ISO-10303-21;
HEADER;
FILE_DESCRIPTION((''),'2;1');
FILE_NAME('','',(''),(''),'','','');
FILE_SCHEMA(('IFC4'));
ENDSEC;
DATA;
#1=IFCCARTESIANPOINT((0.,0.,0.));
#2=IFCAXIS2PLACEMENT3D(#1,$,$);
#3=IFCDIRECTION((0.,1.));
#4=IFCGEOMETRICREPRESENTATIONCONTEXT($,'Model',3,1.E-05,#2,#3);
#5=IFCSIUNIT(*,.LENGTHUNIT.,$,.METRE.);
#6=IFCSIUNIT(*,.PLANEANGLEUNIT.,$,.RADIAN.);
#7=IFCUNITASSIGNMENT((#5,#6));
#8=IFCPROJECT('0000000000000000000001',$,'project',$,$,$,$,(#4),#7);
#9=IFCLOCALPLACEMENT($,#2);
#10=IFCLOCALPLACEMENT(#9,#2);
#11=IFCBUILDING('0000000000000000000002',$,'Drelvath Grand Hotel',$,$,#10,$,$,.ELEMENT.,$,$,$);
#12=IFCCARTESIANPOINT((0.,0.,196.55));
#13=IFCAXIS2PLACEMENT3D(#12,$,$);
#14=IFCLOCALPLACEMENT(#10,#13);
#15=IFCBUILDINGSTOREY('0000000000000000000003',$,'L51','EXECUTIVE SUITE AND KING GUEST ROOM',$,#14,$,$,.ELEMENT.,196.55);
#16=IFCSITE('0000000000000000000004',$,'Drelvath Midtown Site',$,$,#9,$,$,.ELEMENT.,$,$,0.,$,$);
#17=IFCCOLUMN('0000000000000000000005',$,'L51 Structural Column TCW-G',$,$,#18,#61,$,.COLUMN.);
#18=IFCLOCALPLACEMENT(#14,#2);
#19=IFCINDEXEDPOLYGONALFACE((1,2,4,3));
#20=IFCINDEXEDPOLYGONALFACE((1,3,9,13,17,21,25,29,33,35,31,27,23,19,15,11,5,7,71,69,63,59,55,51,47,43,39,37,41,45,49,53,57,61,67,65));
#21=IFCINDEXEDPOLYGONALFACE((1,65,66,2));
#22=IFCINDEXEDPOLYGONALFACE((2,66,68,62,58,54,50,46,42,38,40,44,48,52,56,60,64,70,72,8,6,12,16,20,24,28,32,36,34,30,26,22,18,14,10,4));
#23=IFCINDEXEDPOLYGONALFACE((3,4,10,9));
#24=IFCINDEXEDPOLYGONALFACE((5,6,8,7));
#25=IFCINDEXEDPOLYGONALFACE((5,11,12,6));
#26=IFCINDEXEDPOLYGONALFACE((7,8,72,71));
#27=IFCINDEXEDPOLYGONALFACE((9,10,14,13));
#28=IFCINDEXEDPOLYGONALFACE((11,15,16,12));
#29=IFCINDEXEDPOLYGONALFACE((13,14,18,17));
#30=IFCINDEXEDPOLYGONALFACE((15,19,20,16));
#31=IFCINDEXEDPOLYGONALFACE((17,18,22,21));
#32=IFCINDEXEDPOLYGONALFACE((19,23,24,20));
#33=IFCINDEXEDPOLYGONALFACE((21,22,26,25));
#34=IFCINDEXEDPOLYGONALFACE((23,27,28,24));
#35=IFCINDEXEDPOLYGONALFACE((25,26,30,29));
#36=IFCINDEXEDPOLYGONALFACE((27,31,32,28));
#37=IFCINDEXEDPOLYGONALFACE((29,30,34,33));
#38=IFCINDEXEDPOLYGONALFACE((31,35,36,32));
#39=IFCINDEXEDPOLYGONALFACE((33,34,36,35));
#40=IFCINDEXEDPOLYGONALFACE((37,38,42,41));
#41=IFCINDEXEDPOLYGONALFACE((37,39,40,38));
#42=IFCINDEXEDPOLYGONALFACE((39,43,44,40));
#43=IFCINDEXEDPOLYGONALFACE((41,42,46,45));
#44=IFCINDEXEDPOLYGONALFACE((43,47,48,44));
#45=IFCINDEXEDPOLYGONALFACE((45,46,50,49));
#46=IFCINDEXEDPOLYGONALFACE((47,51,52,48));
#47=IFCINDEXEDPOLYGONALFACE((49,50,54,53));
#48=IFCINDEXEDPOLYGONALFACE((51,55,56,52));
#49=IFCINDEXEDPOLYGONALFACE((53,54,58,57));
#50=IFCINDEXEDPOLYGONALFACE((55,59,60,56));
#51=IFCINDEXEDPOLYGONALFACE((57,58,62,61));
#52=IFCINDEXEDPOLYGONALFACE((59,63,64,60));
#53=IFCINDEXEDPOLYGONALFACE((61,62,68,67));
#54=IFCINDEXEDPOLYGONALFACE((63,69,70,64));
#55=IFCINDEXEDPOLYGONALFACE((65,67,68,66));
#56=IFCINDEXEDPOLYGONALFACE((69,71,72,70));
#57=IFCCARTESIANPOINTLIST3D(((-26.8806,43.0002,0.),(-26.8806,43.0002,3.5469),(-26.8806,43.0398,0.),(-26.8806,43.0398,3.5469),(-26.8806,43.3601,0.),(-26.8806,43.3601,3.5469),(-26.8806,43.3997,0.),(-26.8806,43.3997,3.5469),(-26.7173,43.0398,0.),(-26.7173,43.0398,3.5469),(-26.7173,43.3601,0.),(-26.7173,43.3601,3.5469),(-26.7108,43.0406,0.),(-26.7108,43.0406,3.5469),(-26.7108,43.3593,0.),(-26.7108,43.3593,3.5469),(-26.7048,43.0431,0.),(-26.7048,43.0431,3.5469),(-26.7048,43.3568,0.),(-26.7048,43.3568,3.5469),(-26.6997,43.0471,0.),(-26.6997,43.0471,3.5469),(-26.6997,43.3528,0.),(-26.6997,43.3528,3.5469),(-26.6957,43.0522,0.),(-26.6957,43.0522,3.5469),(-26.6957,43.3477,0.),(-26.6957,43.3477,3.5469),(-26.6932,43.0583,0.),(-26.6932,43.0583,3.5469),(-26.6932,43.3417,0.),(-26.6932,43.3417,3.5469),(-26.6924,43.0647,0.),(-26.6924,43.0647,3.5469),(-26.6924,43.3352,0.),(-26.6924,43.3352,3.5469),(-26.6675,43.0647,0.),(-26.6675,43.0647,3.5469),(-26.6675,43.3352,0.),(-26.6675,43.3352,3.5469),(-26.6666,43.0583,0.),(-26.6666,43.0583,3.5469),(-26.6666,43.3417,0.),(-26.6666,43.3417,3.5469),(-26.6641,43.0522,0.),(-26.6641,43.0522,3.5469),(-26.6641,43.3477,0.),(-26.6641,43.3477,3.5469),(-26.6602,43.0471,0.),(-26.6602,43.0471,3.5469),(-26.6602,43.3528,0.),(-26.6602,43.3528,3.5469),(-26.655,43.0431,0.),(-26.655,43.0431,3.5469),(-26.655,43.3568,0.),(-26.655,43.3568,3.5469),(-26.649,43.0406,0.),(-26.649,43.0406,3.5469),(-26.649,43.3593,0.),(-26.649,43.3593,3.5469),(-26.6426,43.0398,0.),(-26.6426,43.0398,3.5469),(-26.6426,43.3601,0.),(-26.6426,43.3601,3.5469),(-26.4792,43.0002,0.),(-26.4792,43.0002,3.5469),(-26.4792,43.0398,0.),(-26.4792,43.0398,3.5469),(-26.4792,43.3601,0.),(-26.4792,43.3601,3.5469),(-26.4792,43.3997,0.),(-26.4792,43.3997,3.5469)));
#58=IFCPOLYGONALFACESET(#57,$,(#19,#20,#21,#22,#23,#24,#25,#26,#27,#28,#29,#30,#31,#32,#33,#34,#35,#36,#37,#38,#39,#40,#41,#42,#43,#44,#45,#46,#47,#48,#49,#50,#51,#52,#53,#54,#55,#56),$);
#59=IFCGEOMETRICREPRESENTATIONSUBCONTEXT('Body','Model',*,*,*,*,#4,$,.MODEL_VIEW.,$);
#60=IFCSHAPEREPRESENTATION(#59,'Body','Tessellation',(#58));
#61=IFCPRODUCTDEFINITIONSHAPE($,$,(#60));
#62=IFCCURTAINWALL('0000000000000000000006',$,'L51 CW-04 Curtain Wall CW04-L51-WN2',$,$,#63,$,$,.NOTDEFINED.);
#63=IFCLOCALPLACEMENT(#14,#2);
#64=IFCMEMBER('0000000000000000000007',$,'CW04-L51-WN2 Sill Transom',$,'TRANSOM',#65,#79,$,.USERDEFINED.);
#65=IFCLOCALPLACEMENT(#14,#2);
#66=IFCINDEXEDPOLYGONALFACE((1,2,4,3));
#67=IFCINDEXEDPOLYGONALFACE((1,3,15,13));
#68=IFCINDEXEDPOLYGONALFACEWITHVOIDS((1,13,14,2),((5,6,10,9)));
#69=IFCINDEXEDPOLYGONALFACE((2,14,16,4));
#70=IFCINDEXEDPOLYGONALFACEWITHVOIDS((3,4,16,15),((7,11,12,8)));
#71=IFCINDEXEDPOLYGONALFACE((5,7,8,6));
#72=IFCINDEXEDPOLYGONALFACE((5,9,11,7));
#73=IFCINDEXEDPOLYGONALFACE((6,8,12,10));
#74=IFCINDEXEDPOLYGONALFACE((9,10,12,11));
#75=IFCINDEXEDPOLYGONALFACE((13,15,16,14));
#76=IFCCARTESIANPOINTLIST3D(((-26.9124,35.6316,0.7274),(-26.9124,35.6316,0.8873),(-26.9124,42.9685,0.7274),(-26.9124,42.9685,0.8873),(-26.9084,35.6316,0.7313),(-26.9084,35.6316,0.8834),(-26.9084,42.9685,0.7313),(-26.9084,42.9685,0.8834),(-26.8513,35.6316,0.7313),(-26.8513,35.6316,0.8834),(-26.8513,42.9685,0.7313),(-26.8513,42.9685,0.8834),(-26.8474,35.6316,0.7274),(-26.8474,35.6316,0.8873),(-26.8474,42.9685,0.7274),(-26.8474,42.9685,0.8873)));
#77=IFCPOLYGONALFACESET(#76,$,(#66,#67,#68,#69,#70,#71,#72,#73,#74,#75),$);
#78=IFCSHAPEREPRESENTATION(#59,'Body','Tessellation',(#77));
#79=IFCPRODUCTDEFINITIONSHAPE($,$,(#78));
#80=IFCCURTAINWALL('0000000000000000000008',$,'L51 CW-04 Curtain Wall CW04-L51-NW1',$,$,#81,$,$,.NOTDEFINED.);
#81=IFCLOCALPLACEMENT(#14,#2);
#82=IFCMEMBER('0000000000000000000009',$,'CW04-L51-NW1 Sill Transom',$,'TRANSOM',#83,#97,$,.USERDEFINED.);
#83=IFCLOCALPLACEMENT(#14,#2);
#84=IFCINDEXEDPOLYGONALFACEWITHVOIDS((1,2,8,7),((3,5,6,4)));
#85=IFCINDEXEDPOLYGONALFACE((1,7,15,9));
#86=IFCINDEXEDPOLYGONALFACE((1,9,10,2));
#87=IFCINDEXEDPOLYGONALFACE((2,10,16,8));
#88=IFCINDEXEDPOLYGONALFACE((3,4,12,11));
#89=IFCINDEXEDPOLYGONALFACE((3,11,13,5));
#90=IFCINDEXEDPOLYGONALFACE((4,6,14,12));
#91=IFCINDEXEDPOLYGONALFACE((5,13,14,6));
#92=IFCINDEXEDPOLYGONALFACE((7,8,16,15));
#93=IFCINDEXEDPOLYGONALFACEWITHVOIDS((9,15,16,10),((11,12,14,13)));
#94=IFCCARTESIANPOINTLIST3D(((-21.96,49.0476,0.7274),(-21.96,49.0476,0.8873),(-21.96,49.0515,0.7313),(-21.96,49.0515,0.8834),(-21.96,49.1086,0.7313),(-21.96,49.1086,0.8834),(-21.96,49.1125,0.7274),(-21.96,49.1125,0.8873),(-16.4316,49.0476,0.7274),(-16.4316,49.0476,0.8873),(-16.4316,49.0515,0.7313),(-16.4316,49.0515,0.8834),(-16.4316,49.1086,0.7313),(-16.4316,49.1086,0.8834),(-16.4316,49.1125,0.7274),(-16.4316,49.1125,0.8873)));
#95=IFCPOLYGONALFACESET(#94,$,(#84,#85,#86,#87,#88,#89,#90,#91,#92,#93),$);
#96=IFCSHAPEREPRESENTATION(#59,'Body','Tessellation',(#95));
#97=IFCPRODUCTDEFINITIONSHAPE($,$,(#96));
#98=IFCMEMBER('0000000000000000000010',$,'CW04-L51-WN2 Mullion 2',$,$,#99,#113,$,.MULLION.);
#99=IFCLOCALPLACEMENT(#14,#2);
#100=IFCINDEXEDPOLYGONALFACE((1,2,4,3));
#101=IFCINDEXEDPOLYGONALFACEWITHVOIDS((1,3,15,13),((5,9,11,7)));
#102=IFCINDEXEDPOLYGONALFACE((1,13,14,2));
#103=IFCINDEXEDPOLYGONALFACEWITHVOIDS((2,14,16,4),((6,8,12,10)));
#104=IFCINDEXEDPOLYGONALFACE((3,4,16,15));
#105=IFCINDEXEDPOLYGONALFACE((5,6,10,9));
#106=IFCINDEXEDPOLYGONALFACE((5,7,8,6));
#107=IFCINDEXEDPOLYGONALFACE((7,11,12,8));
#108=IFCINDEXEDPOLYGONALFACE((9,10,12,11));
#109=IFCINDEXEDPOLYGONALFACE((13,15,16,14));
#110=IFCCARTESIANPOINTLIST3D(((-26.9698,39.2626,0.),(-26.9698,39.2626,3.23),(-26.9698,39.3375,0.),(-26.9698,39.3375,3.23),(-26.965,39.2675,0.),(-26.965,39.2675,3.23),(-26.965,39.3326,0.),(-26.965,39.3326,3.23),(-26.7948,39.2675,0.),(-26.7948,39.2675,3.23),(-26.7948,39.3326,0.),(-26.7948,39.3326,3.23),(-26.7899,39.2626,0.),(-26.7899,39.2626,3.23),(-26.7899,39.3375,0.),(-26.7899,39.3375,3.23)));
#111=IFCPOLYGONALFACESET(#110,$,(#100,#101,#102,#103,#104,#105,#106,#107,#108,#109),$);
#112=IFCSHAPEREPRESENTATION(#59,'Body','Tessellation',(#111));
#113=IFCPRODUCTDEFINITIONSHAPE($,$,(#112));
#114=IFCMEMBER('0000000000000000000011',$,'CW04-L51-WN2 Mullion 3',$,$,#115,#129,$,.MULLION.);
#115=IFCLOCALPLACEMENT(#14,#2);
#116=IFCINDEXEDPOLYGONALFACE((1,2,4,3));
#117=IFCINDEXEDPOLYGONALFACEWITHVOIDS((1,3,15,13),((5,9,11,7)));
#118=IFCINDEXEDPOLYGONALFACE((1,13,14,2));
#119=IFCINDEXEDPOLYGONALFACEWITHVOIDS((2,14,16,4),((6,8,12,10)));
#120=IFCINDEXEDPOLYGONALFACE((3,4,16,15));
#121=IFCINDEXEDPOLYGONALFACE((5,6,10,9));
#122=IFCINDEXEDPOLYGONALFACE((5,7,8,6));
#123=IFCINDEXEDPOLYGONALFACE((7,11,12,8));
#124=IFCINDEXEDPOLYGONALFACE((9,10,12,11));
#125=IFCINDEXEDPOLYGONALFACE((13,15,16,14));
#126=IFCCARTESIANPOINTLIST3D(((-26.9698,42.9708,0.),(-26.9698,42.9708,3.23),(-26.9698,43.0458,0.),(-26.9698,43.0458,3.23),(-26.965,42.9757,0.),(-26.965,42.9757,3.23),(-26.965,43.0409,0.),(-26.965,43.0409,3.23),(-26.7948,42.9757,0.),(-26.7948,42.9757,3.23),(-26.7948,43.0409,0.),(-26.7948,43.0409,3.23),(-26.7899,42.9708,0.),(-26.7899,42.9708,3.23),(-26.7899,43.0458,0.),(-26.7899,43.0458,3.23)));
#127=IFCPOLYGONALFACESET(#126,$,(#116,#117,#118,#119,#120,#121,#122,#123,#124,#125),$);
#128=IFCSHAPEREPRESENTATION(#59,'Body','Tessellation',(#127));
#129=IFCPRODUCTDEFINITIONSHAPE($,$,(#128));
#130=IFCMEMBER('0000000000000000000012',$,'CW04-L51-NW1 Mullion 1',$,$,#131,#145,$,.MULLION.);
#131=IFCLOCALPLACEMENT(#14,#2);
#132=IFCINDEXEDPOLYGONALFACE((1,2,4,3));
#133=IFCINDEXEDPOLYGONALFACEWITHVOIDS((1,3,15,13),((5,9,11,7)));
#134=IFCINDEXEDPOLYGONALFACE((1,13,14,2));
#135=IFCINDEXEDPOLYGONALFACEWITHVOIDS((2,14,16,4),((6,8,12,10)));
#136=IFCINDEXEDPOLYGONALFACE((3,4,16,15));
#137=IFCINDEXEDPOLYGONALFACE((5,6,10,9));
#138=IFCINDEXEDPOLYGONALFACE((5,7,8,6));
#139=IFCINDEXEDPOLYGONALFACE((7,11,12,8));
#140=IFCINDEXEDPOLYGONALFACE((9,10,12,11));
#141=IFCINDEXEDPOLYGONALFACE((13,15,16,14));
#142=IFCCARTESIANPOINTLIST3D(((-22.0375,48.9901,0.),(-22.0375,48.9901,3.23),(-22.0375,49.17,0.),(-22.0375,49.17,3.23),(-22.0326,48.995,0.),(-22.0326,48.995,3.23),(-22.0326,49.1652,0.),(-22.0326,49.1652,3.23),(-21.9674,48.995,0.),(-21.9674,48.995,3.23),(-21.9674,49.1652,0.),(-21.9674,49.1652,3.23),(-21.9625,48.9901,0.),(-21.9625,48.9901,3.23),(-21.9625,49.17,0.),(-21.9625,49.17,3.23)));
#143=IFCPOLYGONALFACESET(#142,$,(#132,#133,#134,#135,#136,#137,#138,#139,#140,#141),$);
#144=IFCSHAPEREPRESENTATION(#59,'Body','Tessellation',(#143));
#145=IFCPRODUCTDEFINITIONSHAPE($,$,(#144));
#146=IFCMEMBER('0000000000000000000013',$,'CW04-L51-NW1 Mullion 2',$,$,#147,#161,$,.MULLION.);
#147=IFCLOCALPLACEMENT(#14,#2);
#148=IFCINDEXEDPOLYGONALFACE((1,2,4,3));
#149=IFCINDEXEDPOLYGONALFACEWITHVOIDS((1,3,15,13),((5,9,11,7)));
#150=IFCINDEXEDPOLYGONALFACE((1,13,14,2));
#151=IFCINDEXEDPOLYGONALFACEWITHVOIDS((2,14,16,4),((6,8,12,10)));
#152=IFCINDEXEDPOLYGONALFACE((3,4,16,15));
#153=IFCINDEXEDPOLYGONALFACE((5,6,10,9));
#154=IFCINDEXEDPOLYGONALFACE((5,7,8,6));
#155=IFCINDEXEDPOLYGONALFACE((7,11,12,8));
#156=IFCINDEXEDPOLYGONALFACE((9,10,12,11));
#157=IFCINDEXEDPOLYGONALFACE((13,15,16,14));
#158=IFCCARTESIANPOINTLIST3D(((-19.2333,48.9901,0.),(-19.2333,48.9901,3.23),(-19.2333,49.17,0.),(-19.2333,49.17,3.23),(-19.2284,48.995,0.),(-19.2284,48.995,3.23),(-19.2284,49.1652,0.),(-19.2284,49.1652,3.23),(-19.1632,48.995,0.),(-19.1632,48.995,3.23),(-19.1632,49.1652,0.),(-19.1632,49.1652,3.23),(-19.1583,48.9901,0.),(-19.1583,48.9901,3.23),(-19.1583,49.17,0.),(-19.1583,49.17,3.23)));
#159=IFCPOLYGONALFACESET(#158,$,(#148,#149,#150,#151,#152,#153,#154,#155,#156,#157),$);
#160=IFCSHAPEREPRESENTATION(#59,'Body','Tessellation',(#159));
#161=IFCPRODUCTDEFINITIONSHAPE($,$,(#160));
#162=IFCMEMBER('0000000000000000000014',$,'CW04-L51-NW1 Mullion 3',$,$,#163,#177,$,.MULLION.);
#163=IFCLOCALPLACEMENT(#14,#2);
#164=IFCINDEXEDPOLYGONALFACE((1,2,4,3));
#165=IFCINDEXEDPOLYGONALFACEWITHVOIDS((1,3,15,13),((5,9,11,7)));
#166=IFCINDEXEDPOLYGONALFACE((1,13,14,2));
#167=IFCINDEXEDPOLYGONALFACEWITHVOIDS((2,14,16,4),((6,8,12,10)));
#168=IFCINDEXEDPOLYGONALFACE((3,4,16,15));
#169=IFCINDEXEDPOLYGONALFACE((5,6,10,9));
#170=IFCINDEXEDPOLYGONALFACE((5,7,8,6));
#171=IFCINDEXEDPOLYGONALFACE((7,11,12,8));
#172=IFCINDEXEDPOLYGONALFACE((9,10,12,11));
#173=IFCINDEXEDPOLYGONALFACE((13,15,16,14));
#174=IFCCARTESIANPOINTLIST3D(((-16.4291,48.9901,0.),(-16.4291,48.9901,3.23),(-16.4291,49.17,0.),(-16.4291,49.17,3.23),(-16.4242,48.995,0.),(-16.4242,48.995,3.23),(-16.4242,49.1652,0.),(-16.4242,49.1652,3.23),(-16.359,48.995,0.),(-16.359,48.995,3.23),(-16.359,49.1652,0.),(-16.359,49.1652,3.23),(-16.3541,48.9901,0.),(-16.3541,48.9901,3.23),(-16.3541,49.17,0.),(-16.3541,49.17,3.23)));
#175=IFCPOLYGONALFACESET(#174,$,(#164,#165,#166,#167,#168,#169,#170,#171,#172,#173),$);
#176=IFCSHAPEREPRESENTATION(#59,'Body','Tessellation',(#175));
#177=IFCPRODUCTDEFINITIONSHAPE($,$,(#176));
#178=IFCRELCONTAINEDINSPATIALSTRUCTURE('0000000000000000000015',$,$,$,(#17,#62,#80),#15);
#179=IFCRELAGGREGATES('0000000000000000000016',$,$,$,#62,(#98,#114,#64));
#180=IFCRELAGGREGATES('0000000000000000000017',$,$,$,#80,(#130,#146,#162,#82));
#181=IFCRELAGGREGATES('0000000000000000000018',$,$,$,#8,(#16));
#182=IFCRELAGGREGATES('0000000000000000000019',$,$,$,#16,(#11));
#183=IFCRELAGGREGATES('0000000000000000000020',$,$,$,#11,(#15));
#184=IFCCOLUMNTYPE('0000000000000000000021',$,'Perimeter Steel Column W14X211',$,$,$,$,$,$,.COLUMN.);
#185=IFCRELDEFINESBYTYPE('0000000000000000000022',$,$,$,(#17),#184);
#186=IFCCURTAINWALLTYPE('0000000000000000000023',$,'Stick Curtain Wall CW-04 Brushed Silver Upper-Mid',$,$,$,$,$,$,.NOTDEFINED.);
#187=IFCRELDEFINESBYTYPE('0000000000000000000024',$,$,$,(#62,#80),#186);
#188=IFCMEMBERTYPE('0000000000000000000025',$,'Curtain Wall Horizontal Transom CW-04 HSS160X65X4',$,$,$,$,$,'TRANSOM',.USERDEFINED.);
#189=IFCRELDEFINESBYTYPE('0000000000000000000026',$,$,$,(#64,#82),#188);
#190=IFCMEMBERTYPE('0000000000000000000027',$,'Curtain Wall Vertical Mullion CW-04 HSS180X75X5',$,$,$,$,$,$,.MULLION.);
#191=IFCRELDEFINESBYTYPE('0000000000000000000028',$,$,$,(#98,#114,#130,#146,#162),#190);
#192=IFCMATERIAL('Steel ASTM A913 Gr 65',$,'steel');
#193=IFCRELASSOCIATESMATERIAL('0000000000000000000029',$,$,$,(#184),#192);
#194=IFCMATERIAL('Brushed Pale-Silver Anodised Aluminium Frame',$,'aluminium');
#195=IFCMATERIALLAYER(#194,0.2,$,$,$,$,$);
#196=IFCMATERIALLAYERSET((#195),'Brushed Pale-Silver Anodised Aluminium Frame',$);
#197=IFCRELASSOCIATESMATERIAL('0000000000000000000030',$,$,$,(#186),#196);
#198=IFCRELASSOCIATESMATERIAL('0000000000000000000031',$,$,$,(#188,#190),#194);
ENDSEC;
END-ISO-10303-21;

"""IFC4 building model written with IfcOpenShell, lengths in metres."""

from ifc_helpers import new_model, si_unit, direction, frame, origin, origin_2d, place, context, subcontext, project, spatial, hollow_rectangle, i_section, extrude, material, layer, layer_set, material_profile, profile_set, type_object, element, aggregate, save


model = new_model("IFC4")

# Units and contexts
model_context = context("Model", 3, precision=1e-05, world=origin(), true_north=direction((0.0, 1.0)))
body_context = subcontext(model_context, "Body", "Model", "MODEL_VIEW")
ifc_project = project(units=[si_unit("LENGTHUNIT", "METRE"), si_unit("PLANEANGLEUNIT", "RADIAN")], contexts=[model_context])

# Site, building, storey
site_placement = place(None, origin())
site = spatial("IfcSite", under=ifc_project, at=site_placement, Name="Drelvath Midtown Site", CompositionType="ELEMENT", RefElevation=0.0)
building_placement = place(site_placement, origin())
building = spatial("IfcBuilding", under=site, at=building_placement, Name="Drelvath Grand Hotel", CompositionType="ELEMENT")
storey_placement = place(building_placement, frame((0.0, 0.0, 196.55)))
storey = spatial("IfcBuildingStorey", under=building, at=storey_placement, Name="L51", Description="EXECUTIVE SUITE AND KING GUEST ROOM", CompositionType="ELEMENT", Elevation=196.55)

# Column
ifc_material_1 = material(Name="Steel ASTM A913 Gr 65", Category="steel")
ifc_material_profile_1 = material_profile(ifc_material_1, i_section(OverallWidth=0.4014, OverallDepth=0.3994, WebThickness=0.0249, FlangeThickness=0.0396, FilletRadius=0.0249, at=origin_2d()), Name="W14X211")
ifc_profile_set_1 = profile_set([ifc_material_profile_1], Name="Steel ASTM A913 Gr 65")
column_type = type_object("IfcColumnType", Name="Perimeter Steel Column W14X211", PredefinedType="COLUMN", material=ifc_profile_set_1)
column_placement = place(storey_placement, frame((-26.6799, 43.2, 0.0), z_axis=(0.0, 0.0, 1.0), x_axis=(1.0, 0.0, 0.0)))
element("IfcColumn", 1, at=column_placement, inside=storey, type_object=column_type, Name="L51 Structural Column TCW-G", PredefinedType="COLUMN", context=body_context, shape_type="SweptSolid", body=[
    extrude(i_section(OverallWidth=0.4014, OverallDepth=0.3994, WebThickness=0.0249, FlangeThickness=0.0396, FilletRadius=0.0249, at=origin_2d()), origin(), (0.0, 0.0, 1.0), 3.5469),
])

# Curtain walls, members
ifc_material_2 = material(Name="Brushed Pale-Silver Anodised Aluminium Frame", Category="aluminium")
ifc_layer_1 = layer(ifc_material_2, 0.2)
ifc_layer_set_1 = layer_set([ifc_layer_1], Name="Brushed Pale-Silver Anodised Aluminium Frame")
curtain_wall_type = type_object("IfcCurtainWallType", Name="Stick Curtain Wall CW-04 Brushed Silver Upper-Mid", PredefinedType="NOTDEFINED", material=ifc_layer_set_1)
curtain_wall_1_placement = place(storey_placement, origin())
curtain_wall_1 = element("IfcCurtainWall", 2, at=curtain_wall_1_placement, inside=storey, type_object=curtain_wall_type, Name="L51 CW-04 Curtain Wall CW04-L51-WN2", PredefinedType="NOTDEFINED")
ifc_material_profile_2 = material_profile(ifc_material_2, hollow_rectangle(XDim=0.0649, YDim=0.1599, WallThickness=0.0039, at=origin_2d()), Name="HSS160X65X4")
ifc_profile_set_2 = profile_set([ifc_material_profile_2], Name="Brushed Pale-Silver Anodised Aluminium Frame")
member_type_1 = type_object("IfcMemberType", Name="Curtain Wall Horizontal Transom CW-04 HSS160X65X4", ElementType="TRANSOM", PredefinedType="USERDEFINED", material=ifc_profile_set_2)
member_1_placement = place(storey_placement, frame((-26.8799, 35.6316, 0.8074), z_axis=(0.0, 1.0, 0.0), x_axis=(-1.0, 0.0, 0.0)))
member_1 = element("IfcMember", 3, at=member_1_placement, type_object=member_type_1, Name="CW04-L51-WN2 Sill Transom", ObjectType="TRANSOM", PredefinedType="USERDEFINED", context=body_context, shape_type="SweptSolid", body=[
    extrude(hollow_rectangle(XDim=0.0649, YDim=0.1599, WallThickness=0.0039, at=origin_2d()), origin(), (0.0, 0.0, 1.0), 7.3369),
])
curtain_wall_2_placement = place(storey_placement, origin())
curtain_wall_2 = element("IfcCurtainWall", 4, at=curtain_wall_2_placement, inside=storey, type_object=curtain_wall_type, Name="L51 CW-04 Curtain Wall CW04-L51-NW1", PredefinedType="NOTDEFINED")
member_2_placement = place(storey_placement, frame((-21.96, 49.0801, 0.8074), z_axis=(1.0, 0.0, 0.0), x_axis=(0.0, 1.0, 0.0)))
member_2 = element("IfcMember", 5, at=member_2_placement, type_object=member_type_1, Name="CW04-L51-NW1 Sill Transom", ObjectType="TRANSOM", PredefinedType="USERDEFINED", context=body_context, shape_type="SweptSolid", body=[
    extrude(hollow_rectangle(XDim=0.0649, YDim=0.1599, WallThickness=0.0039, at=origin_2d()), origin(), (0.0, 0.0, 1.0), 5.5283),
])

# Members
ifc_material_profile_3 = material_profile(ifc_material_2, hollow_rectangle(XDim=0.075, YDim=0.1799, WallThickness=0.0049, at=origin_2d()), Name="HSS180X75X5")
ifc_profile_set_3 = profile_set([ifc_material_profile_3], Name="Brushed Pale-Silver Anodised Aluminium Frame")
member_type_2 = type_object("IfcMemberType", Name="Curtain Wall Vertical Mullion CW-04 HSS180X75X5", PredefinedType="MULLION", material=ifc_profile_set_3)
member_3_placement = place(storey_placement, frame((-26.8799, 39.3, 0.0), z_axis=(0.0, 0.0, 1.0), x_axis=(0.0, 1.0, 0.0)))
member_3 = element("IfcMember", 6, at=member_3_placement, type_object=member_type_2, Name="CW04-L51-WN2 Mullion 2", PredefinedType="MULLION", context=body_context, shape_type="SweptSolid", body=[
    extrude(hollow_rectangle(XDim=0.075, YDim=0.1799, WallThickness=0.0049, at=origin_2d()), origin(), (0.0, 0.0, 1.0), 3.23),
])
member_4_placement = place(storey_placement, frame((-26.8799, 43.0083, 0.0), z_axis=(0.0, 0.0, 1.0), x_axis=(0.0, 1.0, 0.0)))
member_4 = element("IfcMember", 7, at=member_4_placement, type_object=member_type_2, Name="CW04-L51-WN2 Mullion 3", PredefinedType="MULLION", context=body_context, shape_type="SweptSolid", body=[
    extrude(hollow_rectangle(XDim=0.075, YDim=0.1799, WallThickness=0.0049, at=origin_2d()), origin(), (0.0, 0.0, 1.0), 3.23),
])
member_5_placement = place(storey_placement, frame((-22.0, 49.0801, 0.0), z_axis=(0.0, 0.0, 1.0), x_axis=(1.0, 0.0, 0.0)))
member_5 = element("IfcMember", 8, at=member_5_placement, type_object=member_type_2, Name="CW04-L51-NW1 Mullion 1", PredefinedType="MULLION", context=body_context, shape_type="SweptSolid", body=[
    extrude(hollow_rectangle(XDim=0.075, YDim=0.1799, WallThickness=0.0049, at=origin_2d()), origin(), (0.0, 0.0, 1.0), 3.23),
])
member_6_placement = place(storey_placement, frame((-19.1958, 49.0801, 0.0), z_axis=(0.0, 0.0, 1.0), x_axis=(1.0, 0.0, 0.0)))
member_6 = element("IfcMember", 9, at=member_6_placement, type_object=member_type_2, Name="CW04-L51-NW1 Mullion 2", PredefinedType="MULLION", context=body_context, shape_type="SweptSolid", body=[
    extrude(hollow_rectangle(XDim=0.075, YDim=0.1799, WallThickness=0.0049, at=origin_2d()), origin(), (0.0, 0.0, 1.0), 3.23),
])
member_7_placement = place(storey_placement, frame((-16.3916, 49.0801, 0.0), z_axis=(0.0, 0.0, 1.0), x_axis=(1.0, 0.0, 0.0)))
member_7 = element("IfcMember", 10, at=member_7_placement, type_object=member_type_2, Name="CW04-L51-NW1 Mullion 3", PredefinedType="MULLION", context=body_context, shape_type="SweptSolid", body=[
    extrude(hollow_rectangle(XDim=0.075, YDim=0.1799, WallThickness=0.0049, at=origin_2d()), origin(), (0.0, 0.0, 1.0), 3.23),
])

aggregate(curtain_wall_1, [member_3, member_4, member_1])
aggregate(curtain_wall_2, [member_5, member_6, member_7, member_2])

save(model, "model.ifc")
